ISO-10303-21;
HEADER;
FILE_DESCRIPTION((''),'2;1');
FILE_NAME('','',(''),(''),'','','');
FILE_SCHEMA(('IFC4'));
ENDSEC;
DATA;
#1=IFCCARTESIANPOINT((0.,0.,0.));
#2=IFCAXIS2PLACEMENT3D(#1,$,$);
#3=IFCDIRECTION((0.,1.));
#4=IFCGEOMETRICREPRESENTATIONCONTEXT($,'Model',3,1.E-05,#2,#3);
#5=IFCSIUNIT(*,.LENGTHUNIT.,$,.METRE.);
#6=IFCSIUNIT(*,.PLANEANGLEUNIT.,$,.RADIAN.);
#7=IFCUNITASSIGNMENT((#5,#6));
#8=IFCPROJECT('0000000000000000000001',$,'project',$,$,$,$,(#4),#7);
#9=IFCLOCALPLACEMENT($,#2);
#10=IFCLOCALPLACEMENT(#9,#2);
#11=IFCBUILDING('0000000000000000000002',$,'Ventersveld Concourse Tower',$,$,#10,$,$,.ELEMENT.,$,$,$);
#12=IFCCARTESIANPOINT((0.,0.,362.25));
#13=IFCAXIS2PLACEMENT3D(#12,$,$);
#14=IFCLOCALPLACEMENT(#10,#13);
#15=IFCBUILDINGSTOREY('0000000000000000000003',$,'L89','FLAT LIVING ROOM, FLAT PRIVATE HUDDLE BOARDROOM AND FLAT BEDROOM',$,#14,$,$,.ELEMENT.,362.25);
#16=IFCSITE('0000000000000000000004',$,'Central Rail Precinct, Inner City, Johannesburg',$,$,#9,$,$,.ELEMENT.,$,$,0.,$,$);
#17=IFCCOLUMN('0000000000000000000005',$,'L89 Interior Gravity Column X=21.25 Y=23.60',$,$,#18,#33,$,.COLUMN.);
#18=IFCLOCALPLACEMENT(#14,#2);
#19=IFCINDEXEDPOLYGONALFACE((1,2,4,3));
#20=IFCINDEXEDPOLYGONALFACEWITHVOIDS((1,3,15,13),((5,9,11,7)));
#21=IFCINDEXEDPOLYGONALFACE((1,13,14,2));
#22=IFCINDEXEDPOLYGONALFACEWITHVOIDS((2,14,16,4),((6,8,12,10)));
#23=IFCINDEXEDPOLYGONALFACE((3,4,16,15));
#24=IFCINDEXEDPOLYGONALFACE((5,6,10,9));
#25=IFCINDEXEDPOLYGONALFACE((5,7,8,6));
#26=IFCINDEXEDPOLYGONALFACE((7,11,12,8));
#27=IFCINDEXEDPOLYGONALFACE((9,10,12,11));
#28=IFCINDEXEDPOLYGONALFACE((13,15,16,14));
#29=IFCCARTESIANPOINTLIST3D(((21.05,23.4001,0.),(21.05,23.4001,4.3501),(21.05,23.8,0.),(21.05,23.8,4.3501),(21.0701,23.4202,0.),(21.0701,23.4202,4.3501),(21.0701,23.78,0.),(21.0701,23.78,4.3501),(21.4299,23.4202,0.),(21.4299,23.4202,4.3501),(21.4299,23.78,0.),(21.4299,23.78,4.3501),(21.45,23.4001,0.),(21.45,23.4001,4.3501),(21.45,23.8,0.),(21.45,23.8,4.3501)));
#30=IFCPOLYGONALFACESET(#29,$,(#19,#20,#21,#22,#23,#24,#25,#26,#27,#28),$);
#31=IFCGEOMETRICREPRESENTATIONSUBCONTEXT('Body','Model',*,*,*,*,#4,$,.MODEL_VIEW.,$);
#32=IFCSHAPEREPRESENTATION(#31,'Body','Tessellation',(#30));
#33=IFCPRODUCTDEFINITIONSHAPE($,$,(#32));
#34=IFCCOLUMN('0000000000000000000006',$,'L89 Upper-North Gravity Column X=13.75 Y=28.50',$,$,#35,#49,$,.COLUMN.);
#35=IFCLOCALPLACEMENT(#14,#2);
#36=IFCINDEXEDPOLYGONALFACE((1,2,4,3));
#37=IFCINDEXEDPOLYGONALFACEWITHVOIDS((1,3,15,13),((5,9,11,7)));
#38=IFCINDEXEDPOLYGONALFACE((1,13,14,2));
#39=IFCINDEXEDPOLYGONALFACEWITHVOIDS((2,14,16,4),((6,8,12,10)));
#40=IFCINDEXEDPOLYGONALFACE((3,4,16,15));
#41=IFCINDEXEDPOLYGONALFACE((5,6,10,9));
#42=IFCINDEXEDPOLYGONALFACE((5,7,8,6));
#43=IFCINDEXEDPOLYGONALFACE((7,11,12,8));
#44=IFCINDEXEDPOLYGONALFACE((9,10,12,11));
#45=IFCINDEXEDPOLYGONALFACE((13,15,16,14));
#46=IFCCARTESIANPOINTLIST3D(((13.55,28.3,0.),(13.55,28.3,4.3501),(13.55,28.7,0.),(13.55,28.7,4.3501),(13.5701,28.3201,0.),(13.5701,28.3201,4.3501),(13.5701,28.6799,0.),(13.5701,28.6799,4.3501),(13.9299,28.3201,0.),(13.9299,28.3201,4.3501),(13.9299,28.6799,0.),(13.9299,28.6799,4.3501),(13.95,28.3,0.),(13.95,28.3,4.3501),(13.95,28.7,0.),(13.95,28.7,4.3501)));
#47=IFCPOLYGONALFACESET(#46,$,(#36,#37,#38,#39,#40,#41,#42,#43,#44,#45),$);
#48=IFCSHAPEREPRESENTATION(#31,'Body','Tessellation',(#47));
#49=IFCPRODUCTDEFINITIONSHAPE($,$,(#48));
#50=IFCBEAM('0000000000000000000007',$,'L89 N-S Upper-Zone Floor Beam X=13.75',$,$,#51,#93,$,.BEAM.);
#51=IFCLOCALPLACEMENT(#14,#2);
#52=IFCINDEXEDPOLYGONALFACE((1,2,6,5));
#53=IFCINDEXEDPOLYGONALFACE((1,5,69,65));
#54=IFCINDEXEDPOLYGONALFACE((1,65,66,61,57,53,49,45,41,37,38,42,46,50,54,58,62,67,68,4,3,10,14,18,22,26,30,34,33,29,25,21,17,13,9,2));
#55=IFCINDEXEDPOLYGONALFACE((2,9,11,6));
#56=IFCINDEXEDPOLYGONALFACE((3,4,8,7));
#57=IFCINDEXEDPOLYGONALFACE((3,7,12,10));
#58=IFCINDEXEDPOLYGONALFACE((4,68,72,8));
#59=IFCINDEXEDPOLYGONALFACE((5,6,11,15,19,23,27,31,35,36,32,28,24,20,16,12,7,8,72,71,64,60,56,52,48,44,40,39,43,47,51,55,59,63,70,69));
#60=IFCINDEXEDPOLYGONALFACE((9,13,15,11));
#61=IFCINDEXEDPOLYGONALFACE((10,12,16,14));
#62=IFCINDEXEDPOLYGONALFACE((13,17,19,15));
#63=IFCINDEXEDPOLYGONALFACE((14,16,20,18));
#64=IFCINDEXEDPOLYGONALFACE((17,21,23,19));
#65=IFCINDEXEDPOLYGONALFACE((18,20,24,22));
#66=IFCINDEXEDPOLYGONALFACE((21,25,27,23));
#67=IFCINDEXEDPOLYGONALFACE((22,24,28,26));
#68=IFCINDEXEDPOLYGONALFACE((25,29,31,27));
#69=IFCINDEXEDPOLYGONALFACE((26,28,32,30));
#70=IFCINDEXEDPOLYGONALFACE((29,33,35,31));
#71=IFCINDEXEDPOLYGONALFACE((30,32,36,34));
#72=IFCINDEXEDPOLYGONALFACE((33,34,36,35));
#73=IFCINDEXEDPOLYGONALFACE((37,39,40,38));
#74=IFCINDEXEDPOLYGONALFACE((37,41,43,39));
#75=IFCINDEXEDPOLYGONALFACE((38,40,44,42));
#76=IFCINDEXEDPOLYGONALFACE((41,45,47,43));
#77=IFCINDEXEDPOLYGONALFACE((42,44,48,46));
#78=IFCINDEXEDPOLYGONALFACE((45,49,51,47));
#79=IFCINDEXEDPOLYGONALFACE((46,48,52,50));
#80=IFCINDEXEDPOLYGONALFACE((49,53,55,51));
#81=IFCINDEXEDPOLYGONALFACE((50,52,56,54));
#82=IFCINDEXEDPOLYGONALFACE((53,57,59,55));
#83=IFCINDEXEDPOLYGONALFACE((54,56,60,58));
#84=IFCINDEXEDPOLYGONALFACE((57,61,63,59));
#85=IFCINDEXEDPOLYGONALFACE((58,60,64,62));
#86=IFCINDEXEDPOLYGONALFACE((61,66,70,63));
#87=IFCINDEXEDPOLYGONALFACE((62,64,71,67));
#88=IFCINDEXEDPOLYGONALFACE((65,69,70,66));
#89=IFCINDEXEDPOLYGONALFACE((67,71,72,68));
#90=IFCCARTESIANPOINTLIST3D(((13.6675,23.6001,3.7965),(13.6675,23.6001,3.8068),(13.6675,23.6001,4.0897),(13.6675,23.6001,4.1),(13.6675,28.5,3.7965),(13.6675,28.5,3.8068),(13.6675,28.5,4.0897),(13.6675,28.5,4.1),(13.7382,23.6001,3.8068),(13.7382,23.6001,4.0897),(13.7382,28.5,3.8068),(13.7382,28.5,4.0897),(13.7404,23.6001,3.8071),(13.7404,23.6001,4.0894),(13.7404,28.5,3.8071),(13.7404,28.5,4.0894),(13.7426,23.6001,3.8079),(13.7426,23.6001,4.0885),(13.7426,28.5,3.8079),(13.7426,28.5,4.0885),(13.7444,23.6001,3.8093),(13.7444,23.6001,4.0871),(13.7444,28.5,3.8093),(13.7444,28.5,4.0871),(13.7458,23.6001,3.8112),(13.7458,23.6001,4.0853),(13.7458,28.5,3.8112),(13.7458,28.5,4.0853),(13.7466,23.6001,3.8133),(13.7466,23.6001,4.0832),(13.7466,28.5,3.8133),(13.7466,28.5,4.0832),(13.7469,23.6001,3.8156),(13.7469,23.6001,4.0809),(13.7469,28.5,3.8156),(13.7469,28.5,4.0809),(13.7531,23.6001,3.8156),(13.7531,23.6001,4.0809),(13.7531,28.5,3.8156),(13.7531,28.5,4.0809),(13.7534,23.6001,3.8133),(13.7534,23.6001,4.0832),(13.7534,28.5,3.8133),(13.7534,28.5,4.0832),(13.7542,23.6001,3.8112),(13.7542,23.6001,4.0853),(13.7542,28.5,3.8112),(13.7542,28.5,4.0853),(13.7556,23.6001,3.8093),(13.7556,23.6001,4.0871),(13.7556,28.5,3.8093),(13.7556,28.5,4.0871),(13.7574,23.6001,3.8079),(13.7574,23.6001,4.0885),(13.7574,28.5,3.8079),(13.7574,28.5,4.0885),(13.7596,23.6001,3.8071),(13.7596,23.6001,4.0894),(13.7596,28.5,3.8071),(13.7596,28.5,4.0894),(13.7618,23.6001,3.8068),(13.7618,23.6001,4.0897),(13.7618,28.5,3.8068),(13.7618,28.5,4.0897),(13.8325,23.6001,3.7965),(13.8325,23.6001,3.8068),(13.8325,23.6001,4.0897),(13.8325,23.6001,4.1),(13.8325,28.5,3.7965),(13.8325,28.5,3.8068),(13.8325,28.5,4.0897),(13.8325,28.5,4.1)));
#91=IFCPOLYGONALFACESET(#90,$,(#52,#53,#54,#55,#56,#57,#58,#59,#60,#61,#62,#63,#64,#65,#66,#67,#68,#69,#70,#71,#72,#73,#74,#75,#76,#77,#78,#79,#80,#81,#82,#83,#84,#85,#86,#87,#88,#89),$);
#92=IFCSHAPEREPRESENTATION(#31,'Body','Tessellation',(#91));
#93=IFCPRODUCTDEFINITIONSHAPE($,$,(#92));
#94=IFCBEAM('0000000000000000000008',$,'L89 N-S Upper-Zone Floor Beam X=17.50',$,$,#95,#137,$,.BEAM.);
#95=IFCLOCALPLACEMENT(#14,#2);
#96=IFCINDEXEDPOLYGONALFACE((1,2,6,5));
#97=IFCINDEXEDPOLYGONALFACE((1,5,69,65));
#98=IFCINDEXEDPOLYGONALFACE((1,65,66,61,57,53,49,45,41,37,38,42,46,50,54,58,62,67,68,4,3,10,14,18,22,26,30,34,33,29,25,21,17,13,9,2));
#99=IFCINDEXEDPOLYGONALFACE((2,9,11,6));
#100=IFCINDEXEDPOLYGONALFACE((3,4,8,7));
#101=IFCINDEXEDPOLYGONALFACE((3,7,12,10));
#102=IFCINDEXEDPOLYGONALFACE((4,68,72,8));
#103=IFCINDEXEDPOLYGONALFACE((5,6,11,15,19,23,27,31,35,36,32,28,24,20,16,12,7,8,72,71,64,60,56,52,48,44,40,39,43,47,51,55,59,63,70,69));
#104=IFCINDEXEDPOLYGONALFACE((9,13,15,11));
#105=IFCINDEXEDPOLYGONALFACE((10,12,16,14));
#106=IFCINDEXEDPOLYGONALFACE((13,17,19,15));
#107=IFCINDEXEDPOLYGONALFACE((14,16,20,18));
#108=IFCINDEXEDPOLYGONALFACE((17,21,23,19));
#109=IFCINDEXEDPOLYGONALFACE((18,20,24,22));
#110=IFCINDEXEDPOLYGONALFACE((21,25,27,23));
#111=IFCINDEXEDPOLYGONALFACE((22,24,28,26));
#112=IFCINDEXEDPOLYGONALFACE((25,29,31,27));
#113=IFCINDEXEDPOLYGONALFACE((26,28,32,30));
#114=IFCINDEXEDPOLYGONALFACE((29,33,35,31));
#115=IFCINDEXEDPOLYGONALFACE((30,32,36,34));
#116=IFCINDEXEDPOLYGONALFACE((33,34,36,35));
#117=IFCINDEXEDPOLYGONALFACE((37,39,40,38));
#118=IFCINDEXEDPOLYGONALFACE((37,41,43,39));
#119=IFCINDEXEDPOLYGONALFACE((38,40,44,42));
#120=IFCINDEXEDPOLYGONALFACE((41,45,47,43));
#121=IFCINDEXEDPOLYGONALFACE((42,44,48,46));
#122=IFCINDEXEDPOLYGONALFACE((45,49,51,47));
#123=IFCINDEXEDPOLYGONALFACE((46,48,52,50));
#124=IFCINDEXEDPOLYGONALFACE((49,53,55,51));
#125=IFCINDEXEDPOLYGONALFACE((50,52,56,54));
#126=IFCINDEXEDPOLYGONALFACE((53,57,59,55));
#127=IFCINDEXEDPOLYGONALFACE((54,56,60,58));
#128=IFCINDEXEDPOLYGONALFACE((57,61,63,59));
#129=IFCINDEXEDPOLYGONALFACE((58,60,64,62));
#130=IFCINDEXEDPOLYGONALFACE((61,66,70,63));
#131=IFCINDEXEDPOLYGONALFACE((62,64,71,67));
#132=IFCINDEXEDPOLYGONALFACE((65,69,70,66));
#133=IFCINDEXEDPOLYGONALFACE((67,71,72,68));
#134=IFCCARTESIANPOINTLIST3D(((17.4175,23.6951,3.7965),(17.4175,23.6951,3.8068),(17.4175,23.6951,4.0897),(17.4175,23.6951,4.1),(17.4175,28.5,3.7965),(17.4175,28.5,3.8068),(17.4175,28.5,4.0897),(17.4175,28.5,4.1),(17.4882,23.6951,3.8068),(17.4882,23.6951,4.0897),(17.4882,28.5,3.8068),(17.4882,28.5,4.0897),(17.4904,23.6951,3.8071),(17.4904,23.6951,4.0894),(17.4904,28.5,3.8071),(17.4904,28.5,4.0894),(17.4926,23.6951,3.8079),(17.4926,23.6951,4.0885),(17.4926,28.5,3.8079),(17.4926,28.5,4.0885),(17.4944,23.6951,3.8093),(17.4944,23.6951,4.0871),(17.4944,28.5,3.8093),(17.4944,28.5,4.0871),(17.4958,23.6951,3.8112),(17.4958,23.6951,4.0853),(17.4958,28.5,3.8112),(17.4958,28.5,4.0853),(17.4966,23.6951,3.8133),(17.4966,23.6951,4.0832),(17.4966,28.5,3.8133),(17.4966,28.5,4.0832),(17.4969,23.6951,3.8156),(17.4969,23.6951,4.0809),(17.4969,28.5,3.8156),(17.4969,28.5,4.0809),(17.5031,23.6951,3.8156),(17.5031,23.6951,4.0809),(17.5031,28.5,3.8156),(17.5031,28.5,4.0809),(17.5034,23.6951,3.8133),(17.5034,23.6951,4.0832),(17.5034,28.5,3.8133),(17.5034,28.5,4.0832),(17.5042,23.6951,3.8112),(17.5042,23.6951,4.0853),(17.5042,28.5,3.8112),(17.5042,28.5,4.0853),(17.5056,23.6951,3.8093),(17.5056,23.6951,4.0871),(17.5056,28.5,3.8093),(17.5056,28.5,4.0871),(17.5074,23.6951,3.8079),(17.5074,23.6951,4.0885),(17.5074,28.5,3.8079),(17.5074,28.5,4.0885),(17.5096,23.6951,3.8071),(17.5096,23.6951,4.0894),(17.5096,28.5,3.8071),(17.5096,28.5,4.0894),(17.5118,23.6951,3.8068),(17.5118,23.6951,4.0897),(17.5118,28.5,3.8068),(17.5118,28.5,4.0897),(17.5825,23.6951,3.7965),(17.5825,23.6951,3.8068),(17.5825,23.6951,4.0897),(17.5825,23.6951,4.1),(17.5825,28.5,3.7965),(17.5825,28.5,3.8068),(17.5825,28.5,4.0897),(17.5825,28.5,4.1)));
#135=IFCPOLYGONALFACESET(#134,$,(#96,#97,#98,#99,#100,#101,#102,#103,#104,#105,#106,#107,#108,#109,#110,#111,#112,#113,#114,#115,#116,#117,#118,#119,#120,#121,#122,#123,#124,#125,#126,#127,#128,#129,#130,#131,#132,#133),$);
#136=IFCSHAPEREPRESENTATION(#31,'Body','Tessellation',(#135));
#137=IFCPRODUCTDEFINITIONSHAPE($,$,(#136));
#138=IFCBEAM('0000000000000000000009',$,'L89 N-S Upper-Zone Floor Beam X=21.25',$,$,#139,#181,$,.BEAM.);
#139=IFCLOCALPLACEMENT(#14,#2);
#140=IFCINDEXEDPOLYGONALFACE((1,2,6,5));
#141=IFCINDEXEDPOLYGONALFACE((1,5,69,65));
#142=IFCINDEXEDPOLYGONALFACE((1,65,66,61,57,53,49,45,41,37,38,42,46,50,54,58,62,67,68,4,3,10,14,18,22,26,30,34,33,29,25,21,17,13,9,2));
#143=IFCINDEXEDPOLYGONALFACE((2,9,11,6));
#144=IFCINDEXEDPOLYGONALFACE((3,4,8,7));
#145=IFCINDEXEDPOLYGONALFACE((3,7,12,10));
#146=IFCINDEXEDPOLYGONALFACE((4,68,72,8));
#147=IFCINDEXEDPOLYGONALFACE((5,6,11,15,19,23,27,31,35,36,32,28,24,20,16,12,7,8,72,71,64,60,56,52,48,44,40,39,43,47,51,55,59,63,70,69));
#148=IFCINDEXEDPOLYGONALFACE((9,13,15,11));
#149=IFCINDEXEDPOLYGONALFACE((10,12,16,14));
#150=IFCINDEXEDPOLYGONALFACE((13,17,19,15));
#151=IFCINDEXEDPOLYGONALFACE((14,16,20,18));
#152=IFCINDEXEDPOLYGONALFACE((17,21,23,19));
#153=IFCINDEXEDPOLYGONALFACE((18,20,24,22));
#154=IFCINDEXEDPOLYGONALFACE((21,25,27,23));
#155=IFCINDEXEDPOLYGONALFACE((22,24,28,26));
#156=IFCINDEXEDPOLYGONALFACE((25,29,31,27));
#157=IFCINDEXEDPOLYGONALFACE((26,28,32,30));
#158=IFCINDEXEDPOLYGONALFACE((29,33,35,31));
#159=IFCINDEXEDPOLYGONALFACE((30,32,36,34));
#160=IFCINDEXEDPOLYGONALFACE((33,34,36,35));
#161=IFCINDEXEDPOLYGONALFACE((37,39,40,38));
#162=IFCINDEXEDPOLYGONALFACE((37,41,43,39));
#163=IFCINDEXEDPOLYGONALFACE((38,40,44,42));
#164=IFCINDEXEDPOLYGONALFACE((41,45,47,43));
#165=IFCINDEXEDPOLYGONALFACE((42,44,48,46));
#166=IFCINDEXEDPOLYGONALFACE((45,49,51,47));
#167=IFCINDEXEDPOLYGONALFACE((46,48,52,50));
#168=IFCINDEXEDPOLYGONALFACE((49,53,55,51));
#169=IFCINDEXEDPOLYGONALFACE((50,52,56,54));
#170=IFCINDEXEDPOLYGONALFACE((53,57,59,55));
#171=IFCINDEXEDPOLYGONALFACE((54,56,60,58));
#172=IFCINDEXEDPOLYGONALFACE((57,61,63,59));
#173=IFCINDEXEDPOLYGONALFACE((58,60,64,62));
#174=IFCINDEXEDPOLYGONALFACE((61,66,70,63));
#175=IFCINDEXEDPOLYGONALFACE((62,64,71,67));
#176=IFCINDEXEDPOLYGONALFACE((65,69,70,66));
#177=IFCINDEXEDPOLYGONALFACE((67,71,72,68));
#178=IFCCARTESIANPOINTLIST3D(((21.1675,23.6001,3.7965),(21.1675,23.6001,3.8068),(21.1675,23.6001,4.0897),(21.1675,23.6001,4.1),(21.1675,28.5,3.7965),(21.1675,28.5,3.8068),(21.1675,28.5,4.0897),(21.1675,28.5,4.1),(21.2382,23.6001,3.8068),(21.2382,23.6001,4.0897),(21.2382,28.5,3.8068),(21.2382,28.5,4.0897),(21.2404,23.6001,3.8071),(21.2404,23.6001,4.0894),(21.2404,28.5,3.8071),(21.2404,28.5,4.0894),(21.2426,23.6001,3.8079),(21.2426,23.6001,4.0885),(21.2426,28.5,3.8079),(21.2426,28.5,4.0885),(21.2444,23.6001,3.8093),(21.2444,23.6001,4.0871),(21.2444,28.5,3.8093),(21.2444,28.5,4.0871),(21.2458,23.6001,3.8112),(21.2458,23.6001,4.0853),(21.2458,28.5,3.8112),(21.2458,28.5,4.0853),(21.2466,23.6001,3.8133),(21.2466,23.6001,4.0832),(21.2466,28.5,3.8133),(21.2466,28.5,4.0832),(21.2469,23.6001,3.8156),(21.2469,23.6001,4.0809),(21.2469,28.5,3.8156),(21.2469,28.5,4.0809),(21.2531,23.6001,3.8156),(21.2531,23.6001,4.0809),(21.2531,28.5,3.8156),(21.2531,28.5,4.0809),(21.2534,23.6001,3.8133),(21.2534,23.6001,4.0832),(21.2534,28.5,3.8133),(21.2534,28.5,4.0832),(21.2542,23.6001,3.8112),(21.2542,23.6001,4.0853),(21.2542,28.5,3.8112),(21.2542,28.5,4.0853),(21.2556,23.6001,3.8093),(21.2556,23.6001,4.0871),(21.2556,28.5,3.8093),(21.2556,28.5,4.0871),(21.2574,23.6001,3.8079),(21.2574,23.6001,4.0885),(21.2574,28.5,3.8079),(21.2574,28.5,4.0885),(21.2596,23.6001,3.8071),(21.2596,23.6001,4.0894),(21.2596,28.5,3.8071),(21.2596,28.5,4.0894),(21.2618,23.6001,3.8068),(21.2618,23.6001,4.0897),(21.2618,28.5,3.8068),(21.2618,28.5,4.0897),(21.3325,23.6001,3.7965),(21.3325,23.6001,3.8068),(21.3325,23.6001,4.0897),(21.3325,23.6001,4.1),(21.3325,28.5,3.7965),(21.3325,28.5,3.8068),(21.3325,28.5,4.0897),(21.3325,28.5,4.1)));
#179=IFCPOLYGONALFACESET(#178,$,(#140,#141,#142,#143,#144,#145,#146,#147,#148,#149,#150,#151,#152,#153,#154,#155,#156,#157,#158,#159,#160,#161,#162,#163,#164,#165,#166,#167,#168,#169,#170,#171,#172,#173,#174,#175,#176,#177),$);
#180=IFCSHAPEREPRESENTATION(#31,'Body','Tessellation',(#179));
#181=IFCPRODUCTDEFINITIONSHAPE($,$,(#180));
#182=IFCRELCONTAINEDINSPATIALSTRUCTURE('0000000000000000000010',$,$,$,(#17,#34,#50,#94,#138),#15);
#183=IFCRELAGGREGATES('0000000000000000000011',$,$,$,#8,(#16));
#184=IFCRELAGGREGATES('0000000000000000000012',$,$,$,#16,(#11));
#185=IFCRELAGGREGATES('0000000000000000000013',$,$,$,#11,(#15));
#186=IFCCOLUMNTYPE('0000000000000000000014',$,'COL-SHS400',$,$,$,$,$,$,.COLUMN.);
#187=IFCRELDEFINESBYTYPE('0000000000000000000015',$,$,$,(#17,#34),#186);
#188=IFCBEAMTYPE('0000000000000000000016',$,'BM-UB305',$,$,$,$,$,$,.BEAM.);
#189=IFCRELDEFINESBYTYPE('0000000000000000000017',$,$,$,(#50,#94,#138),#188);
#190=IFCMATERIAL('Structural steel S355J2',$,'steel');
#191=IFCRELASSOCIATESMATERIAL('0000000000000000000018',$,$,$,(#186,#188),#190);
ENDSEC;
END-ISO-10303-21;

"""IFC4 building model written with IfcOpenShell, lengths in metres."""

from ifc_helpers import new_model, si_unit, direction, frame, origin, origin_2d, place, context, subcontext, project, spatial, hollow_rectangle, i_section, extrude, material, material_profile, profile_set, type_object, element, save


model = new_model("IFC4")

# Units and contexts
model_context = context("Model", 3, precision=1e-05, world=origin(), true_north=direction((0.0, 1.0)))
body_context = subcontext(model_context, "Body", "Model", "MODEL_VIEW")
ifc_project = project(units=[si_unit("LENGTHUNIT", "METRE"), si_unit("PLANEANGLEUNIT", "RADIAN")], contexts=[model_context])

# Site, building, storey
site_placement = place(None, origin())
site = spatial("IfcSite", under=ifc_project, at=site_placement, Name="Central Rail Precinct, Inner City, Johannesburg", CompositionType="ELEMENT", RefElevation=0.0)
building_placement = place(site_placement, origin())
building = spatial("IfcBuilding", under=site, at=building_placement, Name="Ventersveld Concourse Tower", CompositionType="ELEMENT")
storey_placement = place(building_placement, frame((0.0, 0.0, 362.25)))
storey = spatial("IfcBuildingStorey", under=building, at=storey_placement, Name="L89", Description="FLAT LIVING ROOM, FLAT PRIVATE HUDDLE BOARDROOM AND FLAT BEDROOM", CompositionType="ELEMENT", Elevation=362.25)

# Columns
ifc_material_1 = material(Name="Structural steel S355J2", Category="steel")
ifc_material_profile_1 = material_profile(ifc_material_1, hollow_rectangle(XDim=0.3999, YDim=0.3999, WallThickness=0.02, at=origin_2d()), Name="SHS 400x400x20")
ifc_profile_set_1 = profile_set([ifc_material_profile_1], Name="Structural steel S355J2")
column_type = type_object("IfcColumnType", Name="COL-SHS400", PredefinedType="COLUMN", material=ifc_profile_set_1)
for number, where, z_axis, x_axis, name in (
    (1, (21.25, 23.6001, 0.0), (0.0, 0.0, 1.0), (1.0, 0.0, 0.0), "L89 Interior Gravity Column X=21.25 Y=23.60"),
    (2, (13.75, 28.5, 0.0), (0.0, 0.0, 1.0), (1.0, 0.0, 0.0), "L89 Upper-North Gravity Column X=13.75 Y=28.50"),
):
    element("IfcColumn", number, at=place(storey_placement, frame(where, z_axis=z_axis, x_axis=x_axis)), inside=storey, type_object=column_type, Name=name, PredefinedType="COLUMN", context=body_context, shape_type="SweptSolid", body=[
        extrude(hollow_rectangle(XDim=0.3999, YDim=0.3999, WallThickness=0.02, at=origin_2d()), origin(), (0.0, 0.0, 1.0), 4.3501),
    ])

# Beams
ifc_material_profile_2 = material_profile(ifc_material_1, i_section(OverallWidth=0.165, OverallDepth=0.3035, WebThickness=0.0061, FlangeThickness=0.0103, FilletRadius=0.0088, at=origin_2d()), Name="UB 305x165x40")
ifc_profile_set_2 = profile_set([ifc_material_profile_2], Name="Structural steel S355J2")
beam_type_1 = type_object("IfcBeamType", Name="BM-UB305", PredefinedType="BEAM", material=ifc_profile_set_2)
beam_1_placement = place(storey_placement, frame((13.75, 23.6001, 3.9482), z_axis=(0.0, 1.0, 0.0), x_axis=(-1.0, 0.0, 0.0)))
element("IfcBeam", 3, at=beam_1_placement, inside=storey, type_object=beam_type_1, Name="L89 N-S Upper-Zone Floor Beam X=13.75", PredefinedType="BEAM", context=body_context, shape_type="SweptSolid", body=[
    extrude(i_section(OverallWidth=0.165, OverallDepth=0.3035, WebThickness=0.0061, FlangeThickness=0.0103, FilletRadius=0.0088, at=origin_2d()), origin(), (0.0, 0.0, 1.0), 4.8999),
])
beam_2_placement = place(storey_placement, frame((17.5, 23.6951, 3.9482), z_axis=(0.0, 1.0, 0.0), x_axis=(-1.0, 0.0, 0.0)))
element("IfcBeam", 4, at=beam_2_placement, inside=storey, type_object=beam_type_1, Name="L89 N-S Upper-Zone Floor Beam X=17.50", PredefinedType="BEAM", context=body_context, shape_type="SweptSolid", body=[
    extrude(i_section(OverallWidth=0.165, OverallDepth=0.3035, WebThickness=0.0061, FlangeThickness=0.0103, FilletRadius=0.0088, at=origin_2d()), origin(), (0.0, 0.0, 1.0), 4.8049),
])
beam_3_placement = place(storey_placement, frame((21.25, 23.6001, 3.9482), z_axis=(0.0, 1.0, 0.0), x_axis=(-1.0, 0.0, 0.0)))
element("IfcBeam", 5, at=beam_3_placement, inside=storey, type_object=beam_type_1, Name="L89 N-S Upper-Zone Floor Beam X=21.25", PredefinedType="BEAM", context=body_context, shape_type="SweptSolid", body=[
    extrude(i_section(OverallWidth=0.165, OverallDepth=0.3035, WebThickness=0.0061, FlangeThickness=0.0103, FilletRadius=0.0088, at=origin_2d()), origin(), (0.0, 0.0, 1.0), 4.8999),
])

save(model, "model.ifc")
